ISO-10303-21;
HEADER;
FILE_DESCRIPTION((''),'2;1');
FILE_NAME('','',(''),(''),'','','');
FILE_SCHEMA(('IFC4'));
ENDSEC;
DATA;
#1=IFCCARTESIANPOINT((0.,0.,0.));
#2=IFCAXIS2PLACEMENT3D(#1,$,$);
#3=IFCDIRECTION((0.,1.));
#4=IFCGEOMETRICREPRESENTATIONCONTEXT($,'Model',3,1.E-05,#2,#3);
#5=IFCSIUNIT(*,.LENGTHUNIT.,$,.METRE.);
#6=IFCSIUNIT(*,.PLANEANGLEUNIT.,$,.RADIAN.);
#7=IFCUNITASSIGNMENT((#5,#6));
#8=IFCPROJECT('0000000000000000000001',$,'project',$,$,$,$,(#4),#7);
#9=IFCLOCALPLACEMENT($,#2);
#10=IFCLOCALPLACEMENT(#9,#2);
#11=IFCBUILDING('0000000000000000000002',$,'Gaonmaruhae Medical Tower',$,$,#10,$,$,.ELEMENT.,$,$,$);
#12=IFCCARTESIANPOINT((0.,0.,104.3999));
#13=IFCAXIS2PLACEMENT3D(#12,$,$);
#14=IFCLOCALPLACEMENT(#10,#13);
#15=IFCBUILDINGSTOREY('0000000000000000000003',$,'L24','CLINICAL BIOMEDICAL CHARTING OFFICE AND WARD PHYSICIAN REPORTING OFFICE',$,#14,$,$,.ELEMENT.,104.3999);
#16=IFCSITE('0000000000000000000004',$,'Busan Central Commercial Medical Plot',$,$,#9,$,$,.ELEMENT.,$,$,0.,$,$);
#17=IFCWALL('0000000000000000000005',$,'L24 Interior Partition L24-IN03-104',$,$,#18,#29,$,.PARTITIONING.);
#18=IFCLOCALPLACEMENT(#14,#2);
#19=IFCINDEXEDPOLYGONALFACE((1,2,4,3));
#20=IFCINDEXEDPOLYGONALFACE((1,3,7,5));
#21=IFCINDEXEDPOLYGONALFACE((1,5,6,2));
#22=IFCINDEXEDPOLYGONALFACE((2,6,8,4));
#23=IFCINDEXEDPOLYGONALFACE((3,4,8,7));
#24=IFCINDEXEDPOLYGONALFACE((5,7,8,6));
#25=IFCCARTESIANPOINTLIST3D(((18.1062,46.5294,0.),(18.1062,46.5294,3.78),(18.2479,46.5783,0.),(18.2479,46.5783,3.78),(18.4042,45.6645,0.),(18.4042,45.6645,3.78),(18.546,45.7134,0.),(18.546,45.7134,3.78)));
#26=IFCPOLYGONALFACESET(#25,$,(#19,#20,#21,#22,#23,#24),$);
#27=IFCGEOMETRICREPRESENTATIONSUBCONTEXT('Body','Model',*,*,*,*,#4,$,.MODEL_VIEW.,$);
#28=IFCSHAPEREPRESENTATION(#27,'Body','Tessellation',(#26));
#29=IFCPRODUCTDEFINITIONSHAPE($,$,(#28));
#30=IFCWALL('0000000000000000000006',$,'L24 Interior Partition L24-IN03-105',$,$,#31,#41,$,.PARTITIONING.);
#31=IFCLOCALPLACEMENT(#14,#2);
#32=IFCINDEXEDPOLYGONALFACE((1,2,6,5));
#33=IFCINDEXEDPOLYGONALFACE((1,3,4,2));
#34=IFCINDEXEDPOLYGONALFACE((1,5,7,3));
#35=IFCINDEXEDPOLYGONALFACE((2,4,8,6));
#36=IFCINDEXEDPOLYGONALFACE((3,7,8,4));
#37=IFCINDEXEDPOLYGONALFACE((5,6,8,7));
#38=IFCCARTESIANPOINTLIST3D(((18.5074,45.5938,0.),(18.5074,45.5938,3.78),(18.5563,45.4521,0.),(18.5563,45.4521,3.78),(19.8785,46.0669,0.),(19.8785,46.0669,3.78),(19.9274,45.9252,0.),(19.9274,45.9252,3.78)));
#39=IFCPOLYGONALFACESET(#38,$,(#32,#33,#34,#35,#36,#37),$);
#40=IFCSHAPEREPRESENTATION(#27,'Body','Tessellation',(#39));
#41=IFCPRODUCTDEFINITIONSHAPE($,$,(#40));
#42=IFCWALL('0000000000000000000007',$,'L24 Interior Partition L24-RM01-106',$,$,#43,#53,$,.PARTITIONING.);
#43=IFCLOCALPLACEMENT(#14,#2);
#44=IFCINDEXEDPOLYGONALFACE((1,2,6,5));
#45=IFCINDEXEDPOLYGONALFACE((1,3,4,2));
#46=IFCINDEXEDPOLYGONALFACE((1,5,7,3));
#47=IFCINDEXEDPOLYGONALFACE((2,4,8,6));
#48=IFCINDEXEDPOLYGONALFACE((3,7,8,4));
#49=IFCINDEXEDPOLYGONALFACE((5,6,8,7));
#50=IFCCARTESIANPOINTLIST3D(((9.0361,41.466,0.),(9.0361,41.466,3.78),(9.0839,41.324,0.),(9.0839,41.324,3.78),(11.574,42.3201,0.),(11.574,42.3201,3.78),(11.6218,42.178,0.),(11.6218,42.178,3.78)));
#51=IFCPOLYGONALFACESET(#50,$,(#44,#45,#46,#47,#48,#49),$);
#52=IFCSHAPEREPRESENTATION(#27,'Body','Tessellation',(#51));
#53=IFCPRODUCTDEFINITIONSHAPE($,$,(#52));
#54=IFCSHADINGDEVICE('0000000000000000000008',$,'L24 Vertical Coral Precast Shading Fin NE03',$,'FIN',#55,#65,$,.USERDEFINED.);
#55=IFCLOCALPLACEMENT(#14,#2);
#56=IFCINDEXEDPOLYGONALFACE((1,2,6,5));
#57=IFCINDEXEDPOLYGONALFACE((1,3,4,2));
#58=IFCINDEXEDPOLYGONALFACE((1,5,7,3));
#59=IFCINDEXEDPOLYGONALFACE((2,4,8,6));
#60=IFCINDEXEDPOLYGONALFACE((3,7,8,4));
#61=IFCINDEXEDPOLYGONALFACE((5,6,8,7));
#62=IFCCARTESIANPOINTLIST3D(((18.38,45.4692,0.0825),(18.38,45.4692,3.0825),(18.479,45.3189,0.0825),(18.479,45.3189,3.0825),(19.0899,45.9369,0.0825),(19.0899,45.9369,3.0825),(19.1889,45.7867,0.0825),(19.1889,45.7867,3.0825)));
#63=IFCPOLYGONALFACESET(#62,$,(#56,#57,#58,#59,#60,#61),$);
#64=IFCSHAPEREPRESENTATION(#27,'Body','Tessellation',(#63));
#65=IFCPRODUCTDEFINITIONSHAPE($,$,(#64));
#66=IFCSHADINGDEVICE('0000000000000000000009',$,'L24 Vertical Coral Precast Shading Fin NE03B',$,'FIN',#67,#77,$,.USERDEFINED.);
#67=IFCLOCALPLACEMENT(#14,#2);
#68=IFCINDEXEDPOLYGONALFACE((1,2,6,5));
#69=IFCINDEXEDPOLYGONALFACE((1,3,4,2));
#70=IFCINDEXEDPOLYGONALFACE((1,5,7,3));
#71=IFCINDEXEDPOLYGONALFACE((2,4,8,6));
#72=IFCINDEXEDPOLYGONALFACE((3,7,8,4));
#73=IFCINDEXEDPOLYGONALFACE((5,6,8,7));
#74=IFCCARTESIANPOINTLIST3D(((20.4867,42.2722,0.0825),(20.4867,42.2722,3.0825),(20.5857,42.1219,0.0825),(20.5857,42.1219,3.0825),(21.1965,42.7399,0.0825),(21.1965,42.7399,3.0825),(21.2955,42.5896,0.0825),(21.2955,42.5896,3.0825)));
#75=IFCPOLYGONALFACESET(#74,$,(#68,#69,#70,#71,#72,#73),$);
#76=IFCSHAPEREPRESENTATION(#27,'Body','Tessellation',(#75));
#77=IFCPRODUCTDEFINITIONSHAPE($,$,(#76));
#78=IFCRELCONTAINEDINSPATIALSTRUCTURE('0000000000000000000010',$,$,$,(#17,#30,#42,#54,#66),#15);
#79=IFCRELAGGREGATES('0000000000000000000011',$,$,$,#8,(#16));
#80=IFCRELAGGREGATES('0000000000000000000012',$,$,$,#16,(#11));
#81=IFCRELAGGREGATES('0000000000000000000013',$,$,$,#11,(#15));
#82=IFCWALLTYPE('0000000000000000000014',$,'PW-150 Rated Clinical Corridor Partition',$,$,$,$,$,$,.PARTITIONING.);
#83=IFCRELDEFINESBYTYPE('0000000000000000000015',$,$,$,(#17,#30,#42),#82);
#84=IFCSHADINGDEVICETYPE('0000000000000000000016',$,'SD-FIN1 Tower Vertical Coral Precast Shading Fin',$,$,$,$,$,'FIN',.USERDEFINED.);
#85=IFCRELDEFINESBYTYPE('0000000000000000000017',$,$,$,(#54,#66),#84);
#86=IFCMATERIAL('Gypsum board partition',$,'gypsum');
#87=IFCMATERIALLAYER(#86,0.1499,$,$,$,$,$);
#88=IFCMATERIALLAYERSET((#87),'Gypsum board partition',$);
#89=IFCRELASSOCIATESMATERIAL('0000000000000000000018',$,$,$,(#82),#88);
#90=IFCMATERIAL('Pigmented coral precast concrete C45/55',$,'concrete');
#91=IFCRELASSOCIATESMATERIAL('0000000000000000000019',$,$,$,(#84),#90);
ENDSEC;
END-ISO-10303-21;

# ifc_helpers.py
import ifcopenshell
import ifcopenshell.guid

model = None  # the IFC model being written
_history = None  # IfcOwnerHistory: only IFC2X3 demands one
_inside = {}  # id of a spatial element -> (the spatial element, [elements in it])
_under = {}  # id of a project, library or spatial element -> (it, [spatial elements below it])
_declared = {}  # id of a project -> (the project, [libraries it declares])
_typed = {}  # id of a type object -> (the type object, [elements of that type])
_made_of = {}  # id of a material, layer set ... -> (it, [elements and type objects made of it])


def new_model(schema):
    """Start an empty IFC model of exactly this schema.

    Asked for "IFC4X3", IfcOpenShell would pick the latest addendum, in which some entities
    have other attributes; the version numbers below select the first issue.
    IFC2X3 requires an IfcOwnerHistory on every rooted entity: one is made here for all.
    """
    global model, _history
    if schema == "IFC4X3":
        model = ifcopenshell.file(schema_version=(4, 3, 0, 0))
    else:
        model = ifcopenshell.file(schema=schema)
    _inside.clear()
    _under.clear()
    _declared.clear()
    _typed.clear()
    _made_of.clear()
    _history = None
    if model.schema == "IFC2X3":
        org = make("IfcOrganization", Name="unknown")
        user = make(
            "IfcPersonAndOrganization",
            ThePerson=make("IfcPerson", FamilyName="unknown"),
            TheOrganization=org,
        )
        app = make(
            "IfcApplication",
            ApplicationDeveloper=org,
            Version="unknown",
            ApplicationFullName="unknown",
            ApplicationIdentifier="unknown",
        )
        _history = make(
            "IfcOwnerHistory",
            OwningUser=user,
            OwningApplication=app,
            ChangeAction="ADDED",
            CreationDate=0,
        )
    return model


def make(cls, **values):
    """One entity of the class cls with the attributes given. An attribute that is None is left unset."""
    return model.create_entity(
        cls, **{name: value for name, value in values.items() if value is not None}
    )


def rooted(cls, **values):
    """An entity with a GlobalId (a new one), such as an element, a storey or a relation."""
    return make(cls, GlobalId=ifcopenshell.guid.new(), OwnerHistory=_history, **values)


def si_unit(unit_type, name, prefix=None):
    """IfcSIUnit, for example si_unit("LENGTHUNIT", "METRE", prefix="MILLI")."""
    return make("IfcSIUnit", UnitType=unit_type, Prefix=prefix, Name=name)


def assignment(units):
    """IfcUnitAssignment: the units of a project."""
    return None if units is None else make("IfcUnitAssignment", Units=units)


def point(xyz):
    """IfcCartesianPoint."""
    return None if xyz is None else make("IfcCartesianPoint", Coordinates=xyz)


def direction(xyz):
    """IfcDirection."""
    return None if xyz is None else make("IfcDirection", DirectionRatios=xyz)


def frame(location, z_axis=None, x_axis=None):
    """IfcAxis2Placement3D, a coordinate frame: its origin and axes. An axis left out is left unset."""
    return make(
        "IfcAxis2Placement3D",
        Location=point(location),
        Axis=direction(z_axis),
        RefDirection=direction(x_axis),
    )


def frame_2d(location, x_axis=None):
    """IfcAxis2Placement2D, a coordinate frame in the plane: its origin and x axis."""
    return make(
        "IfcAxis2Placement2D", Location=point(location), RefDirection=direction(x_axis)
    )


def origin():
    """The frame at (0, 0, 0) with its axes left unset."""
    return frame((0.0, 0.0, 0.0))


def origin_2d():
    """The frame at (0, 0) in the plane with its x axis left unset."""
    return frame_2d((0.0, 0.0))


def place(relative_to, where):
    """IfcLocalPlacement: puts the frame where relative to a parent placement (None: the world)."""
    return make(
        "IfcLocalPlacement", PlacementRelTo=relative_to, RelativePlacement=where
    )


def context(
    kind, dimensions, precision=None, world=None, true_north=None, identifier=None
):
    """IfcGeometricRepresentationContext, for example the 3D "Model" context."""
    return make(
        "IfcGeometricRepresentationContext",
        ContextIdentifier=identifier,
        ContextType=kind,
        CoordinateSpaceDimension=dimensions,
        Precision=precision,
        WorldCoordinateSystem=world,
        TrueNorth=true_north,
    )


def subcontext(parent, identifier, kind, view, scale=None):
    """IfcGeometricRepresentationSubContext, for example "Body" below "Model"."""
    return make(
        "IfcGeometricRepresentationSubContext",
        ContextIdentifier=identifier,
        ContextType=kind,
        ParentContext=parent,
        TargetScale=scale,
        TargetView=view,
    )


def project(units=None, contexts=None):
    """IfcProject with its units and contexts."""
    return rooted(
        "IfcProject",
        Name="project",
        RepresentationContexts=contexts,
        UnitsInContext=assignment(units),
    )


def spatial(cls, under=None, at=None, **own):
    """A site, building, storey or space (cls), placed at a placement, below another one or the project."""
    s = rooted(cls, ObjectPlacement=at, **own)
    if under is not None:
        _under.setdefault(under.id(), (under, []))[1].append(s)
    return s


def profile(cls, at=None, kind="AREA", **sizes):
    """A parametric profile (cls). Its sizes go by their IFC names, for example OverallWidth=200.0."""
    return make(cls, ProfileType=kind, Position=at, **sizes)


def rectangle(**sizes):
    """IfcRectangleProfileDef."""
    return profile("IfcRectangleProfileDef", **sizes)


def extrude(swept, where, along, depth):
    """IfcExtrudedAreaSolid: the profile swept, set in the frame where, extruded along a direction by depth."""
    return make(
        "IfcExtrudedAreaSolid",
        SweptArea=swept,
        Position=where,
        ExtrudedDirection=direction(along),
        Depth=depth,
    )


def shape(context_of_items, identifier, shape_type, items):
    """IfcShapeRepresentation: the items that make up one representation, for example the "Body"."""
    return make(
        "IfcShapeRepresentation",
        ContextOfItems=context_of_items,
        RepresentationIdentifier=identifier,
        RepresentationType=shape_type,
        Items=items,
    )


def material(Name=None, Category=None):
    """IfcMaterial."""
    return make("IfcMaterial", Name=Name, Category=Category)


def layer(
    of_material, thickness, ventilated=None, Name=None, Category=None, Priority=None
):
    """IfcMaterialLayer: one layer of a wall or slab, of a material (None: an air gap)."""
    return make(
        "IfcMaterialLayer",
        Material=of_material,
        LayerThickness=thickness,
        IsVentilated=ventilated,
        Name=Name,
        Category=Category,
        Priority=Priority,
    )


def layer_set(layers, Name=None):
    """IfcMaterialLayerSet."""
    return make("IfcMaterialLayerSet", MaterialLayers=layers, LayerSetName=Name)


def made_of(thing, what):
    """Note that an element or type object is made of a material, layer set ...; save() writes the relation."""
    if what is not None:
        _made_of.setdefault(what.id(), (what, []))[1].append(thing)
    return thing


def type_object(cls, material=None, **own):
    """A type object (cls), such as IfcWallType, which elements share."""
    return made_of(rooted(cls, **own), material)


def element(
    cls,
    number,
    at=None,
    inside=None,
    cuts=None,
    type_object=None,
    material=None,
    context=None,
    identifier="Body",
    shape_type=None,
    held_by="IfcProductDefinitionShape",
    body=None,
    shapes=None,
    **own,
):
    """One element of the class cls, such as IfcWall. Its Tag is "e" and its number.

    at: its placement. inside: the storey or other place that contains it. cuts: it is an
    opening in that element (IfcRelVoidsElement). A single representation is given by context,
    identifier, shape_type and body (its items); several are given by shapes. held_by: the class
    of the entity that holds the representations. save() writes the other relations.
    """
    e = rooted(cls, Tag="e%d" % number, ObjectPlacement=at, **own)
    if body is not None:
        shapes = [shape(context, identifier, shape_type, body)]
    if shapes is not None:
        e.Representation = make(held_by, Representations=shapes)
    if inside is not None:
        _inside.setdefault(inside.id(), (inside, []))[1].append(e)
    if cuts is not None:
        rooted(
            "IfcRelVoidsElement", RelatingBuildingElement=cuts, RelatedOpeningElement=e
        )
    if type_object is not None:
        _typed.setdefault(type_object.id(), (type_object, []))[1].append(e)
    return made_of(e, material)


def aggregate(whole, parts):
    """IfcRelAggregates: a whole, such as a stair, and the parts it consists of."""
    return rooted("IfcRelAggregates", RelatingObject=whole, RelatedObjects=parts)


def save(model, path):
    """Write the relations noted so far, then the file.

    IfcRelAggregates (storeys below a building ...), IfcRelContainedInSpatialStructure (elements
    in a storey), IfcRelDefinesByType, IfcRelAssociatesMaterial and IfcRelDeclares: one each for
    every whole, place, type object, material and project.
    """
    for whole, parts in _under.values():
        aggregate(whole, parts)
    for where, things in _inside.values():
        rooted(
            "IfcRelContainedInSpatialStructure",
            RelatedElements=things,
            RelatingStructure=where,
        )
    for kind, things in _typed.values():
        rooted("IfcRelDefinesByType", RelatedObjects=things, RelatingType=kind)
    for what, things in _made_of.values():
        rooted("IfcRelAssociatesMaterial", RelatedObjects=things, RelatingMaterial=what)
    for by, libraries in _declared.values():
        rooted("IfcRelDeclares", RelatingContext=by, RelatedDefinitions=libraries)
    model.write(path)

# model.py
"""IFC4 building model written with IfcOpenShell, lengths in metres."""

from ifc_helpers import new_model, si_unit, direction, frame, frame_2d, origin, origin_2d, place, context, subcontext, project, spatial, rectangle, extrude, material, layer, layer_set, type_object, element, save


model = new_model("IFC4")

# Units and contexts
model_context = context("Model", 3, precision=1e-05, world=origin(), true_north=direction((0.0, 1.0)))
body_context = subcontext(model_context, "Body", "Model", "MODEL_VIEW")
ifc_project = project(units=[si_unit("LENGTHUNIT", "METRE"), si_unit("PLANEANGLEUNIT", "RADIAN")], contexts=[model_context])

# Site, building, storey
site_placement = place(None, origin())
site = spatial("IfcSite", under=ifc_project, at=site_placement, Name="Busan Central Commercial Medical Plot", CompositionType="ELEMENT", RefElevation=0.0)
building_placement = place(site_placement, origin())
building = spatial("IfcBuilding", under=site, at=building_placement, Name="Gaonmaruhae Medical Tower", CompositionType="ELEMENT")
storey_placement = place(building_placement, frame((0.0, 0.0, 104.3999)))
storey = spatial("IfcBuildingStorey", under=building, at=storey_placement, Name="L24", Description="CLINICAL BIOMEDICAL CHARTING OFFICE AND WARD PHYSICIAN REPORTING OFFICE", CompositionType="ELEMENT", Elevation=104.3999)

# Shared definitions
ifc_material_1 = material(Name="Gypsum board partition", Category="gypsum")
ifc_layer_1 = layer(ifc_material_1, 0.1499)
ifc_layer_set_1 = layer_set([ifc_layer_1], Name="Gypsum board partition")
wall_type_1 = type_object("IfcWallType", Name="PW-150 Rated Clinical Corridor Partition", PredefinedType="PARTITIONING", material=ifc_layer_set_1)

# Walls
wall_1_placement = place(storey_placement, frame((18.177, 46.554, 0.0), z_axis=(0.0, 0.0, 1.0), x_axis=(0.325818, -0.945433, 0.0)))
element("IfcWall", 1, at=wall_1_placement, inside=storey, type_object=wall_type_1, Name="L24 Interior Partition L24-IN03-104", PredefinedType="PARTITIONING", context=body_context, shape_type="SweptSolid", body=[
    extrude(rectangle(XDim=0.9148, YDim=0.1499, at=frame_2d((0.4575, 0.0))), origin(), (0.0, 0.0, 1.0), 3.78),
])
wall_2_placement = place(storey_placement, frame((18.532, 45.5229, 0.0), z_axis=(0.0, 0.0, 1.0), x_axis=(0.945298, 0.326209, 0.0)))
element("IfcWall", 2, at=wall_2_placement, inside=storey, type_object=wall_type_1, Name="L24 Interior Partition L24-IN03-105", PredefinedType="PARTITIONING", context=body_context, shape_type="SweptSolid", body=[
    extrude(rectangle(XDim=1.4504, YDim=0.1499, at=frame_2d((0.7251, 0.0))), origin(), (0.0, 0.0, 1.0), 3.78),
])
wall_3_placement = place(storey_placement, frame((11.5979, 42.249, 0.0), z_axis=(0.0, 0.0, 1.0), x_axis=(-0.947777, -0.318934, 0.0)))
element("IfcWall", 3, at=wall_3_placement, inside=storey, type_object=wall_type_1, Name="L24 Interior Partition L24-RM01-106", PredefinedType="PARTITIONING", context=body_context, shape_type="SweptSolid", body=[
    extrude(rectangle(XDim=2.6777, YDim=0.1499, at=frame_2d((1.3389, 0.0))), origin(), (0.0, 0.0, 1.0), 3.78),
])

# Shading devices
ifc_material_2 = material(Name="Pigmented coral precast concrete C45/55", Category="concrete")
shading_device_type = type_object("IfcShadingDeviceType", Name="SD-FIN1 Tower Vertical Coral Precast Shading Fin", ElementType="FIN", PredefinedType="USERDEFINED", material=ifc_material_2)
for number, where, z_axis, x_axis, name in (
    (4, (18.7844, 45.6279, 0.0825), (0.0, 0.0, 1.0), (0.550204, -0.83503, 0.0), "L24 Vertical Coral Precast Shading Fin NE03"),
    (5, (20.8911, 42.4309, 0.0825), (0.0, 0.0, 1.0), (0.550204, -0.83503, 0.0), "L24 Vertical Coral Precast Shading Fin NE03B"),
):
    element("IfcShadingDevice", number, at=place(storey_placement, frame(where, z_axis=z_axis, x_axis=x_axis)), inside=storey, type_object=shading_device_type, Name=name, ObjectType="FIN", PredefinedType="USERDEFINED", context=body_context, shape_type="SweptSolid", body=[
        extrude(rectangle(XDim=0.1799, YDim=0.8501, at=origin_2d()), origin(), (0.0, 0.0, 1.0), 3.0),
    ])

save(model, "model.ifc")
